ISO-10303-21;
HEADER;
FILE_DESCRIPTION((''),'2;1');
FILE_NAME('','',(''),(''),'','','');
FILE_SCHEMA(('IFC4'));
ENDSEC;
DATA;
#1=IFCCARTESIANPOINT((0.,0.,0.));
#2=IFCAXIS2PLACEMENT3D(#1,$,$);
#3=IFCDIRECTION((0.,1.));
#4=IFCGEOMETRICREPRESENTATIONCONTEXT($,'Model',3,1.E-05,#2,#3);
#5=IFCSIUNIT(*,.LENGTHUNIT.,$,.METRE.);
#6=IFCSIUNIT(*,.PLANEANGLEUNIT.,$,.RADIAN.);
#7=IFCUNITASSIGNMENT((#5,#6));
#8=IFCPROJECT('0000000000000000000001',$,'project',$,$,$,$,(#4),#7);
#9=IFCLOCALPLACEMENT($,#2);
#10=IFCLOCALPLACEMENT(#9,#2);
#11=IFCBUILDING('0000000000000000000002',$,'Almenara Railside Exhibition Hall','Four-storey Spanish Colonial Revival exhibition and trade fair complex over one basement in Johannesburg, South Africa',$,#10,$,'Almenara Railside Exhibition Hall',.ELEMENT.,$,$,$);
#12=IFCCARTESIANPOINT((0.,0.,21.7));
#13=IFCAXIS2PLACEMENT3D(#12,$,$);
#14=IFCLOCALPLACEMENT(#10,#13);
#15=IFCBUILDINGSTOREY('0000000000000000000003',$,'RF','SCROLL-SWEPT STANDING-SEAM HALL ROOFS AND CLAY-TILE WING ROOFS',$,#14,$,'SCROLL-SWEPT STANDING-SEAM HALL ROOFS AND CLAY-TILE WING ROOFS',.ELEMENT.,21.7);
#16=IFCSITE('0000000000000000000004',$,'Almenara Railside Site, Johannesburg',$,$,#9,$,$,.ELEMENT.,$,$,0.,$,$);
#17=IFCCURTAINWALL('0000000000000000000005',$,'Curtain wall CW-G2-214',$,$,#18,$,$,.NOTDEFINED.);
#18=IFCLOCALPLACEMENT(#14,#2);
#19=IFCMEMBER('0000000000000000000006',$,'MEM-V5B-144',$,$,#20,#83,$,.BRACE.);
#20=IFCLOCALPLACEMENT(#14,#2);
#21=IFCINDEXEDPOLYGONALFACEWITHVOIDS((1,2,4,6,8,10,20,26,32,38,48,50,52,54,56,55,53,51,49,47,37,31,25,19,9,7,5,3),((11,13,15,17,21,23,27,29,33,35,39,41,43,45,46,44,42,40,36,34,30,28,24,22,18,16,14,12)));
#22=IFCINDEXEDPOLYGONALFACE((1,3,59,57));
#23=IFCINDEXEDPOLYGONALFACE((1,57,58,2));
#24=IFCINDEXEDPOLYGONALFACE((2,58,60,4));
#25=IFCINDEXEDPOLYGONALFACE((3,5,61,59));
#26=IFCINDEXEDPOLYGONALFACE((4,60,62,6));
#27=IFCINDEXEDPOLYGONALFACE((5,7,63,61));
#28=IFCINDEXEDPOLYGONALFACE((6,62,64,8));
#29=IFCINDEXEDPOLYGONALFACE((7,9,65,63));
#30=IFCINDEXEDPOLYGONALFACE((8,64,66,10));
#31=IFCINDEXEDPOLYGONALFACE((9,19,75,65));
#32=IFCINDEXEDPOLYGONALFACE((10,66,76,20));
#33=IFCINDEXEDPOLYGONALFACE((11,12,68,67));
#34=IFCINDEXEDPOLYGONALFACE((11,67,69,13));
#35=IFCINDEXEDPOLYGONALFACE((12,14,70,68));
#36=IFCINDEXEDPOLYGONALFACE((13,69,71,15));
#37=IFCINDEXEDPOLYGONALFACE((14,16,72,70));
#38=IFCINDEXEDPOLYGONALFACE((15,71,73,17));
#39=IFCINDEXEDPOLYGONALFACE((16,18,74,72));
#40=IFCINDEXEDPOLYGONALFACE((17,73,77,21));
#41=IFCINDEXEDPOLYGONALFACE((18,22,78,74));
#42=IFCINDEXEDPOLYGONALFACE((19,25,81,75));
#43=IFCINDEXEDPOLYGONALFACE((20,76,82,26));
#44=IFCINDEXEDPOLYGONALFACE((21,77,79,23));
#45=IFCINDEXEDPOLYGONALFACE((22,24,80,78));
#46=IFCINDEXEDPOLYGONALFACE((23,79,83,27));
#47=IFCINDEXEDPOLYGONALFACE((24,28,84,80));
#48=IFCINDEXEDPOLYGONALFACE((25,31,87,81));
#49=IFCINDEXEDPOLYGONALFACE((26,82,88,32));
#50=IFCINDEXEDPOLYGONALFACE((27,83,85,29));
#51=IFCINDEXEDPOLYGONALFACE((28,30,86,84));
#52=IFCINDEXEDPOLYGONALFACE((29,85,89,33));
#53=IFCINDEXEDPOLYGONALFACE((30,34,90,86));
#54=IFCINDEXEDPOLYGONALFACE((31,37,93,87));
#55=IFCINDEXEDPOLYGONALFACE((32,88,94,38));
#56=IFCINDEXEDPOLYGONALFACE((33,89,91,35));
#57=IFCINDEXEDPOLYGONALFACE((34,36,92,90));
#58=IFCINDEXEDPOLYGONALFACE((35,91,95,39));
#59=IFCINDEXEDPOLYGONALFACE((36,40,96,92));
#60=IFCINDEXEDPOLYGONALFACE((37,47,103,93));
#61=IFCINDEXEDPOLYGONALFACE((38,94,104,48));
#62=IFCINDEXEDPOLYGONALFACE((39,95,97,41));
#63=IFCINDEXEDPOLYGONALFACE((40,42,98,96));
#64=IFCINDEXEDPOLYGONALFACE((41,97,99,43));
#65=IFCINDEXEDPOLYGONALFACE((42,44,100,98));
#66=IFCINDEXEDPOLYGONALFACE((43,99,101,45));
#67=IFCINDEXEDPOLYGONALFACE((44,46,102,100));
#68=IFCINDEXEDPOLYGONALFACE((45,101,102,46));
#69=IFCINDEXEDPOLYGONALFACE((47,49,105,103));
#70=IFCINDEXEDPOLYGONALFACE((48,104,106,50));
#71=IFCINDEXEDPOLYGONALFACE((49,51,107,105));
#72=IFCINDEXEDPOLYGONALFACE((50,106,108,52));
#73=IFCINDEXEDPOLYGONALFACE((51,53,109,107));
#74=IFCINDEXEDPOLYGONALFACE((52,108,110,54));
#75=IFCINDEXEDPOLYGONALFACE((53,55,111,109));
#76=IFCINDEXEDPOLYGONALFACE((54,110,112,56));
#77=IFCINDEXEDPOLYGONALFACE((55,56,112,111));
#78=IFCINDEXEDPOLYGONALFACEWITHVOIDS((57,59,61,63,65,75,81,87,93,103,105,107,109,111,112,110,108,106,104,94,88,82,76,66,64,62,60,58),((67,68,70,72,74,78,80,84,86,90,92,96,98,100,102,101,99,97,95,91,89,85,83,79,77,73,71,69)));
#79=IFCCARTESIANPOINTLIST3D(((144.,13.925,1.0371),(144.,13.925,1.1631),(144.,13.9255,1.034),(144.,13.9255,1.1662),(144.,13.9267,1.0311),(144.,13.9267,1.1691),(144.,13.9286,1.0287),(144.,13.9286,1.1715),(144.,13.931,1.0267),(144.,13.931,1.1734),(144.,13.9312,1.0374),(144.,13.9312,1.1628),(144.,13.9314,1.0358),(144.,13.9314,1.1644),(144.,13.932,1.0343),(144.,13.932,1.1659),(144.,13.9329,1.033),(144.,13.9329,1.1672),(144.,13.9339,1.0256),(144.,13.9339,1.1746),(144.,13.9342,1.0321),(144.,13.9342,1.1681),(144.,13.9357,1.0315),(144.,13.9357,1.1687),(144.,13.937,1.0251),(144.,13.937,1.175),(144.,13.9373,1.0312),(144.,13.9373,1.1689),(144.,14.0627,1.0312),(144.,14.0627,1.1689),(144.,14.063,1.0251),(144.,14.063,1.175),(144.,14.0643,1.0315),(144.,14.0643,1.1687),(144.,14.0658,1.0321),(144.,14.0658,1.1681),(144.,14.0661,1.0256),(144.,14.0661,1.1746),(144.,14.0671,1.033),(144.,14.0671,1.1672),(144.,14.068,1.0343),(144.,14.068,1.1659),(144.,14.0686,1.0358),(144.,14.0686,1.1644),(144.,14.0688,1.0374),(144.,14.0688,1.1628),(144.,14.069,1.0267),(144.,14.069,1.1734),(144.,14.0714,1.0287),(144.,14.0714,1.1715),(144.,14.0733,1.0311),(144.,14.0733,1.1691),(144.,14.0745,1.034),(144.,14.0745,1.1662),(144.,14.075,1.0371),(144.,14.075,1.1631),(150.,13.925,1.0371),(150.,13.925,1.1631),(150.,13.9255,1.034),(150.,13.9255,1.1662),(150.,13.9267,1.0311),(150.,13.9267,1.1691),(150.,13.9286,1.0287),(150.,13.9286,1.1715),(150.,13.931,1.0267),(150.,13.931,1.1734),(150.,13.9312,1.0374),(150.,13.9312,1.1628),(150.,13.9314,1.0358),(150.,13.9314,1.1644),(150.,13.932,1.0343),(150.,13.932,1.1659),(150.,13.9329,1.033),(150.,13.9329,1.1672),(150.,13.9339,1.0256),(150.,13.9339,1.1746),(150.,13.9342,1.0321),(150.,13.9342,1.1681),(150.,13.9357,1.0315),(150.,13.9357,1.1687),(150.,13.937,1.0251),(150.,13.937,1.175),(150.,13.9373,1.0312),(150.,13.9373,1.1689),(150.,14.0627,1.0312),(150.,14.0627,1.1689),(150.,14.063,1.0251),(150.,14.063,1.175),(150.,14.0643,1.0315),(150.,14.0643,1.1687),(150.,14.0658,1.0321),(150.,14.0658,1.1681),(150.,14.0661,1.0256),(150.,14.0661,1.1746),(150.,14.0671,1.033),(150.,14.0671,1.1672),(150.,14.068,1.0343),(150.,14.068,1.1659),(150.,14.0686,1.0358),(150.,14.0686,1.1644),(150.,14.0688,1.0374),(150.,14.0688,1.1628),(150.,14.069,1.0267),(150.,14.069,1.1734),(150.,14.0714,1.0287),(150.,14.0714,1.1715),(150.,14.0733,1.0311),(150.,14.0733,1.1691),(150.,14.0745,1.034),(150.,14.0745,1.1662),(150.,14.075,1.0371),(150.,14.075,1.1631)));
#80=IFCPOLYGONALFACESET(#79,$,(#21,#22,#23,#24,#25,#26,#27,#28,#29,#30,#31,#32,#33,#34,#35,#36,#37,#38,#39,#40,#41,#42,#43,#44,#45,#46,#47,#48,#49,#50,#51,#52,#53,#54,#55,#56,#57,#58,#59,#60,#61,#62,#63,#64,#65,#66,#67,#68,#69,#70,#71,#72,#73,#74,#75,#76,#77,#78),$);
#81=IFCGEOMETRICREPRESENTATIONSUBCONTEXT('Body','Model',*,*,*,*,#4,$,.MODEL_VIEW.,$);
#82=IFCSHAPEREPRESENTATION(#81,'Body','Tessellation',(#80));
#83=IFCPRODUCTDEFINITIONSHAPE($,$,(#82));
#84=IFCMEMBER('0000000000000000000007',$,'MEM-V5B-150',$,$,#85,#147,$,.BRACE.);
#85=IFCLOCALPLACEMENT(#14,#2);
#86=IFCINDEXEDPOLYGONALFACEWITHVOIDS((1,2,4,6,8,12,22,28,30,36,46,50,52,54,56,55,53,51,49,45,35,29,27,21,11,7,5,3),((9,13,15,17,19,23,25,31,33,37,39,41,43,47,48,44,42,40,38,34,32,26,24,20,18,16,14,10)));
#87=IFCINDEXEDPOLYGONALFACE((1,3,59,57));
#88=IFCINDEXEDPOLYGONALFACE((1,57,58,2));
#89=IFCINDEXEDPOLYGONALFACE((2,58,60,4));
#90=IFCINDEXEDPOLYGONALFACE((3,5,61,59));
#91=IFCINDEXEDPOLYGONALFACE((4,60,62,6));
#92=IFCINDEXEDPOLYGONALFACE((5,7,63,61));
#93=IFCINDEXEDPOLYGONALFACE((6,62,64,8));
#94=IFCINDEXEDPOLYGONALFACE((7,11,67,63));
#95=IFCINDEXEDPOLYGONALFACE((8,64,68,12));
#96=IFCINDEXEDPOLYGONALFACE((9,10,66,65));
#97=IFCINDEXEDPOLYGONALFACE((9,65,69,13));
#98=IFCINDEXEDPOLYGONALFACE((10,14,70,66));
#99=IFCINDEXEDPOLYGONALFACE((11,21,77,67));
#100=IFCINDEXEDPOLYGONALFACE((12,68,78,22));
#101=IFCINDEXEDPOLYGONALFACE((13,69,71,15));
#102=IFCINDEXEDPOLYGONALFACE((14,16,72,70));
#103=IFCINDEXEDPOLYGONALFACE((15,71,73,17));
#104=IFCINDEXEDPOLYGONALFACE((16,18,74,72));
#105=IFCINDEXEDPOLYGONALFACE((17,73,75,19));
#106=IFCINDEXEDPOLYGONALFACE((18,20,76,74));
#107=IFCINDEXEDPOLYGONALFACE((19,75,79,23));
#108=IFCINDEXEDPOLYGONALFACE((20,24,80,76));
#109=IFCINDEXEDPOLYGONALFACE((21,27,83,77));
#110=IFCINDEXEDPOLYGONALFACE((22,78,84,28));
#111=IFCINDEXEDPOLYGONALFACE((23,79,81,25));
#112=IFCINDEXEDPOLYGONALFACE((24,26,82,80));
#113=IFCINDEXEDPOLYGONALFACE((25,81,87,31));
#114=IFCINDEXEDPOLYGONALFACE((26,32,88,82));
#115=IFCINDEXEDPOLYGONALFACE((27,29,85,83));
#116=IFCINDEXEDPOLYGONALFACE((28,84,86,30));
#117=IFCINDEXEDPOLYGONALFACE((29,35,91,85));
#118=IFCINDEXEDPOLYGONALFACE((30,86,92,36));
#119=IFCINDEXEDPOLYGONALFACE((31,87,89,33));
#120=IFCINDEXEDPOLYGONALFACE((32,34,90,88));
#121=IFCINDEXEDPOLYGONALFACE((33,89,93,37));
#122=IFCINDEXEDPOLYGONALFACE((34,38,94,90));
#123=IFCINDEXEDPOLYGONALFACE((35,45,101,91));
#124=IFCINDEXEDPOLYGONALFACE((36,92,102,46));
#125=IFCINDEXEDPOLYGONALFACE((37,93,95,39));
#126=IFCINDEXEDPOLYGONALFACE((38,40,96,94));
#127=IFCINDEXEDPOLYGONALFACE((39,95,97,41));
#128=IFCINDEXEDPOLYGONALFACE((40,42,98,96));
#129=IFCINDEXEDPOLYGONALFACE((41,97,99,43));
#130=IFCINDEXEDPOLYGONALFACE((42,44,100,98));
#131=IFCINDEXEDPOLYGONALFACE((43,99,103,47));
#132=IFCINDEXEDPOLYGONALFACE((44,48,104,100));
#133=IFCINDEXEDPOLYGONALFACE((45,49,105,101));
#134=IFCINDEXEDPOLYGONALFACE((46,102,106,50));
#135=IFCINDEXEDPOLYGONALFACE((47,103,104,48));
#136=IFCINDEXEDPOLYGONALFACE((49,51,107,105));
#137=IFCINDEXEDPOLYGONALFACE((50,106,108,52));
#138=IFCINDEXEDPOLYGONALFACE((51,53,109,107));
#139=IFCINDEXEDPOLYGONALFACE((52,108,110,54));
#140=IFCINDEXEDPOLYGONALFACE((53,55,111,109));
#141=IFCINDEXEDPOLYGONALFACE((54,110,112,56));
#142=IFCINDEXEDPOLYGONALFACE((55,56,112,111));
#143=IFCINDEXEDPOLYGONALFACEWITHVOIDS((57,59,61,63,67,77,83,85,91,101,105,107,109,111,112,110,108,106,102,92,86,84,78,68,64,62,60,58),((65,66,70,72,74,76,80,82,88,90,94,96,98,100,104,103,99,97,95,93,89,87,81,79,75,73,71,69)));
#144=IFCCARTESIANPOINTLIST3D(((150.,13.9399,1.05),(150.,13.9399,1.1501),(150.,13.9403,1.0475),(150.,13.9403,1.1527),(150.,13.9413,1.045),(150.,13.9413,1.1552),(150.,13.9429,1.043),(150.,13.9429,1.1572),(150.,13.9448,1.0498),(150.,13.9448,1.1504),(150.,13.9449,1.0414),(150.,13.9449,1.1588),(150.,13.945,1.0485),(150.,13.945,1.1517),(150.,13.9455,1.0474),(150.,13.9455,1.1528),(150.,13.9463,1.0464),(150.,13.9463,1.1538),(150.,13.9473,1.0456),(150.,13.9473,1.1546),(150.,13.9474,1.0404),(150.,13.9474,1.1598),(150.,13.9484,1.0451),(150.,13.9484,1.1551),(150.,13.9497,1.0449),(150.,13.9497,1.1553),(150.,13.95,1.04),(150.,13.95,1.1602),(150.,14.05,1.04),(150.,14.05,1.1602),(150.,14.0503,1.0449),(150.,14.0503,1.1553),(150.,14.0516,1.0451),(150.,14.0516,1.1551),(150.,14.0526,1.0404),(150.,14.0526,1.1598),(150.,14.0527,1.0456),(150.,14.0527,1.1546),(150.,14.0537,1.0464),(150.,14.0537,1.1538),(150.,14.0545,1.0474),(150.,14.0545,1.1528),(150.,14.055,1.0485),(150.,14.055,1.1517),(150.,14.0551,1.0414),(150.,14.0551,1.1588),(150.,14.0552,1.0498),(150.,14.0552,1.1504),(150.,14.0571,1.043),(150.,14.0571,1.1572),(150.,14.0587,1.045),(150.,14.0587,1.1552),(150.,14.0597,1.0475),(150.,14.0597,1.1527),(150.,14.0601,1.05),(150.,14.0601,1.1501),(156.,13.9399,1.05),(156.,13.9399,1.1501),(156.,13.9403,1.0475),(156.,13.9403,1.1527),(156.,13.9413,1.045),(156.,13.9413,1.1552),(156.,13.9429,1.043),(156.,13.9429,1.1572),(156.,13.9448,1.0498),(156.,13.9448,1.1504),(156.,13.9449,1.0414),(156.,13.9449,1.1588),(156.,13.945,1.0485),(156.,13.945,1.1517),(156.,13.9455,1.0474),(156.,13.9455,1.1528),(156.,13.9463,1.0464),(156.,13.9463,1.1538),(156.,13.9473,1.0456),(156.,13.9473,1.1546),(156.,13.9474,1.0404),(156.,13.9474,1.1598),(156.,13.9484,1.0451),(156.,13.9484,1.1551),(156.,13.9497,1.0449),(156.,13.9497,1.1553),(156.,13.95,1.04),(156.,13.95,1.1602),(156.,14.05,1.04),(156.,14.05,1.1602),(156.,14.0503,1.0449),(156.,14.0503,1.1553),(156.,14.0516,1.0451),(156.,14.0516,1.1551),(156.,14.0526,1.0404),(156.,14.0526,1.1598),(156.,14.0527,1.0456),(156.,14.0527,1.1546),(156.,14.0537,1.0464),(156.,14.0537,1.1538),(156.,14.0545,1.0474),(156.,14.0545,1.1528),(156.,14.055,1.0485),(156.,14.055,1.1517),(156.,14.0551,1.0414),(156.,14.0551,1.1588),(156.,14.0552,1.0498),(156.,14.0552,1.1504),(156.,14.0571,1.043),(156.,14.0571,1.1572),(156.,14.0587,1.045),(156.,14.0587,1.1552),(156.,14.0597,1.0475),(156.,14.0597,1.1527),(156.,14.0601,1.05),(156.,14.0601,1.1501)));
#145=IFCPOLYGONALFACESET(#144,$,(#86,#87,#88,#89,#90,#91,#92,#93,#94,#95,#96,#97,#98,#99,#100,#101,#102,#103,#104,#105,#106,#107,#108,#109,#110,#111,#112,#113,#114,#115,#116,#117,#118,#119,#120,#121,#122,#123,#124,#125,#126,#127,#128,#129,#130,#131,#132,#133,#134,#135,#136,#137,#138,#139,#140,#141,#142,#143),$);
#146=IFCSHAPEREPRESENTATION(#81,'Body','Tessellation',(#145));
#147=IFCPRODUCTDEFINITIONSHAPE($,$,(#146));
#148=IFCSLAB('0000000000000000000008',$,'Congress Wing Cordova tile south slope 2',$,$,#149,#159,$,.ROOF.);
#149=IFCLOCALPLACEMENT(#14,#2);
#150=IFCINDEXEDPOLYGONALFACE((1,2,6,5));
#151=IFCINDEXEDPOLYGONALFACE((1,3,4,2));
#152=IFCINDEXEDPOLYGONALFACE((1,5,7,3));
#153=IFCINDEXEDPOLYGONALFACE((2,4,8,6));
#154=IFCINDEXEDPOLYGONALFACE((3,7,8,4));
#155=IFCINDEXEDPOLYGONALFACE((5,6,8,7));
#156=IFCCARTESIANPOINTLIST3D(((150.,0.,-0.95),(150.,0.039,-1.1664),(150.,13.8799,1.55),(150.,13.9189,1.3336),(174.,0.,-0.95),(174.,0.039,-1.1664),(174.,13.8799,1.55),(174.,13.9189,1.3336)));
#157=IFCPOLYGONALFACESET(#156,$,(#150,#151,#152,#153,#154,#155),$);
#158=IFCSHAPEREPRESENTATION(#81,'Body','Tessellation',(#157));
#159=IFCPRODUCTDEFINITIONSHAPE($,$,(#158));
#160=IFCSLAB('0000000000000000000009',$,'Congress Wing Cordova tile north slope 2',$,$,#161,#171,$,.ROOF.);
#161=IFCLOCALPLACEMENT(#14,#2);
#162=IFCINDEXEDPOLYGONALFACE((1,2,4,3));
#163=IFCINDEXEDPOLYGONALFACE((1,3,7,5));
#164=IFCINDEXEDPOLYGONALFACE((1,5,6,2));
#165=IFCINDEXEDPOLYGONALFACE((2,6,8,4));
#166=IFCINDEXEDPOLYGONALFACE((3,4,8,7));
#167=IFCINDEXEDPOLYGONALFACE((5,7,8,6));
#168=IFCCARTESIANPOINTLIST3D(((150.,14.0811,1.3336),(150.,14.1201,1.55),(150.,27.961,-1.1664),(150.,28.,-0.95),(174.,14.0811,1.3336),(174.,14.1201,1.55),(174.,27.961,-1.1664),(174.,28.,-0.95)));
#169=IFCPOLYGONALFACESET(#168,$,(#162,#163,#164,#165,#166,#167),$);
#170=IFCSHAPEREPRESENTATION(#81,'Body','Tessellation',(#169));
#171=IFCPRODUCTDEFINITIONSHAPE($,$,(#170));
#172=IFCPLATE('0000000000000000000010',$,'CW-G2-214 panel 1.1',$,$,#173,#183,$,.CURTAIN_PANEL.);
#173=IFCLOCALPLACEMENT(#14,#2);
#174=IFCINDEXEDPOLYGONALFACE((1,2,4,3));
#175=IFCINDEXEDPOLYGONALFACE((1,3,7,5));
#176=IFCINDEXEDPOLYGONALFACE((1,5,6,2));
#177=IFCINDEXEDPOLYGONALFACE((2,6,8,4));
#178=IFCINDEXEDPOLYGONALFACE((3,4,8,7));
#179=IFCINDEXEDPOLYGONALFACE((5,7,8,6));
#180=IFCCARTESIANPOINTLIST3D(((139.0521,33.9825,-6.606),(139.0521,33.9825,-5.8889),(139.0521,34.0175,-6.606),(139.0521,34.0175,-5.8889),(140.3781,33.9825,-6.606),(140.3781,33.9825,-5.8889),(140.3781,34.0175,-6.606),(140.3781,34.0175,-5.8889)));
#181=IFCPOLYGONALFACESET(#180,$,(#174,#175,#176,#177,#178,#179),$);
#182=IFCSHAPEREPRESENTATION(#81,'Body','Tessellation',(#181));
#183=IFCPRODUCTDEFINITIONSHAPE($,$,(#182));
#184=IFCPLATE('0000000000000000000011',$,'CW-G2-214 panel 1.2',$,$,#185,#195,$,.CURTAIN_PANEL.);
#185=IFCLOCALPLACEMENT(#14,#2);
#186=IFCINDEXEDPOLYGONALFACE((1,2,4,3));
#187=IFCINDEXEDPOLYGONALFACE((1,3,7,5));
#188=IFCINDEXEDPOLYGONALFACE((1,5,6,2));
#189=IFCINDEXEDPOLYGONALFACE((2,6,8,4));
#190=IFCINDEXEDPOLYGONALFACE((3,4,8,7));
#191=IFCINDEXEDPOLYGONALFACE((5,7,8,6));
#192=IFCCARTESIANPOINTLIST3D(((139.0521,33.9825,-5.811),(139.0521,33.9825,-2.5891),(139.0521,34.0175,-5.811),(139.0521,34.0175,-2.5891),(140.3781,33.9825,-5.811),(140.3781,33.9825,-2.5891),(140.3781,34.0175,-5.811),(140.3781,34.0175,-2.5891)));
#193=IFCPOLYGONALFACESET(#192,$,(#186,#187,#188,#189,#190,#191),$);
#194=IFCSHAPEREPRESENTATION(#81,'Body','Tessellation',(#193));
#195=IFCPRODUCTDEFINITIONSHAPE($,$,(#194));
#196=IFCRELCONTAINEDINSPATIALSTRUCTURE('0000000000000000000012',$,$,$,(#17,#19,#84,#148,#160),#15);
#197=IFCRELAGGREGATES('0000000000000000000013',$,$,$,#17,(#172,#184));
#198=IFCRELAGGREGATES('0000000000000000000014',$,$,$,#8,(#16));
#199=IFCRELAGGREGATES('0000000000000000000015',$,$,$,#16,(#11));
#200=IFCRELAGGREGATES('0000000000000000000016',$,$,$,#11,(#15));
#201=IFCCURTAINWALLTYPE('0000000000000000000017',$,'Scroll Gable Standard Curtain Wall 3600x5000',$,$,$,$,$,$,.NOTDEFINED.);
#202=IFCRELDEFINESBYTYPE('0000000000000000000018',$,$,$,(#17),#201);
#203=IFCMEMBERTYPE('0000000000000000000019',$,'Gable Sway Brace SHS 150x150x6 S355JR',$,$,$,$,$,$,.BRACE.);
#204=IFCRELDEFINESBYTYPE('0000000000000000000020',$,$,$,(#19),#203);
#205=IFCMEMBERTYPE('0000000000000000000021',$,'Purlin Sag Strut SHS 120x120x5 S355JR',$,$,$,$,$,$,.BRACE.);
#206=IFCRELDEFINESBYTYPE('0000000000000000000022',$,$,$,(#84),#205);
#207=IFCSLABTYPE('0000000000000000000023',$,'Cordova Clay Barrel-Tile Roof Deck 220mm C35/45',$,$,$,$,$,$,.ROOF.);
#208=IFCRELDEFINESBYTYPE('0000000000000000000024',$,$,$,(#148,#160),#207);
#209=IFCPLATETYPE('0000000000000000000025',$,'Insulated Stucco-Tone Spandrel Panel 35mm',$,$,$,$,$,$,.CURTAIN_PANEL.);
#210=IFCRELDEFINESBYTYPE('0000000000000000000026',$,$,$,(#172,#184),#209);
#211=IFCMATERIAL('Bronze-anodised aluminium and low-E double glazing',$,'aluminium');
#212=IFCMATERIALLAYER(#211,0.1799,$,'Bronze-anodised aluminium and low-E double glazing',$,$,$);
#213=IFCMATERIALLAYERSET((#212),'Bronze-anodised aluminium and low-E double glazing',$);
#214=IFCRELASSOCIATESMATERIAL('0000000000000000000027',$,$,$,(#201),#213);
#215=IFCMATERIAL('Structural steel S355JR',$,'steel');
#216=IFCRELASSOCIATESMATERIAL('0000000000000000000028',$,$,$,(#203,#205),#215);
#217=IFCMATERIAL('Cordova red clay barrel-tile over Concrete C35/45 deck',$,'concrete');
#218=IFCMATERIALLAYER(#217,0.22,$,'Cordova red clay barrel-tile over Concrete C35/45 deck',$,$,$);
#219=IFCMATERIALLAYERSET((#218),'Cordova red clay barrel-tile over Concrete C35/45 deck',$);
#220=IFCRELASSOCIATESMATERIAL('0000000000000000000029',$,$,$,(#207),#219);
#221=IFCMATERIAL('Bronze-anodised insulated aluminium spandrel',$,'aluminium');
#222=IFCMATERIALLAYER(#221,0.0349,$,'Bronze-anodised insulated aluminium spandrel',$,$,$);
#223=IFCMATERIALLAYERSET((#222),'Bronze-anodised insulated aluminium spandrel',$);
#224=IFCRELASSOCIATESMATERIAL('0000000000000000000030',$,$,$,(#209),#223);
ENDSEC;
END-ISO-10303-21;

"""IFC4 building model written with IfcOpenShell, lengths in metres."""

from ifc_helpers import new_model, si_unit, direction, frame, origin, origin_2d, place, context, subcontext, project, spatial, polyline, rectangle, hollow_rectangle, outline, extrude, material, layer, layer_set, material_profile, profile_set, type_object, element, aggregate, save


model = new_model("IFC4")

# Units and contexts
model_context = context("Model", 3, precision=1e-05, world=origin(), true_north=direction((0.0, 1.0)))
body_context = subcontext(model_context, "Body", "Model", "MODEL_VIEW")
ifc_project = project(units=[si_unit("LENGTHUNIT", "METRE"), si_unit("PLANEANGLEUNIT", "RADIAN")], contexts=[model_context])

# Site, building, storey
site_placement = place(None, origin())
site = spatial("IfcSite", under=ifc_project, at=site_placement, Name="Almenara Railside Site, Johannesburg", CompositionType="ELEMENT", RefElevation=0.0)
building_placement = place(site_placement, origin())
building = spatial("IfcBuilding", under=site, at=building_placement, Name="Almenara Railside Exhibition Hall", Description="Four-storey Spanish Colonial Revival exhibition and trade fair complex over one basement in Johannesburg, South Africa", LongName="Almenara Railside Exhibition Hall", CompositionType="ELEMENT")
storey_placement = place(building_placement, frame((0.0, 0.0, 21.7)))
storey = spatial("IfcBuildingStorey", under=building, at=storey_placement, Name="RF", Description="SCROLL-SWEPT STANDING-SEAM HALL ROOFS AND CLAY-TILE WING ROOFS", LongName="SCROLL-SWEPT STANDING-SEAM HALL ROOFS AND CLAY-TILE WING ROOFS", CompositionType="ELEMENT", Elevation=21.7)

# Shared definitions
ifc_material_1 = material(Name="Structural steel S355JR", Category="steel")

# Curtain wall
ifc_material_2 = material(Name="Bronze-anodised aluminium and low-E double glazing", Category="aluminium")
ifc_layer_1 = layer(ifc_material_2, 0.1799, Name="Bronze-anodised aluminium and low-E double glazing")
ifc_layer_set_1 = layer_set([ifc_layer_1], Name="Bronze-anodised aluminium and low-E double glazing")
curtain_wall_type = type_object("IfcCurtainWallType", Name="Scroll Gable Standard Curtain Wall 3600x5000", PredefinedType="NOTDEFINED", material=ifc_layer_set_1)
curtain_wall_placement = place(storey_placement, origin())
curtain_wall = element("IfcCurtainWall", 1, at=curtain_wall_placement, inside=storey, type_object=curtain_wall_type, Name="Curtain wall CW-G2-214", PredefinedType="NOTDEFINED")

# Members
ifc_material_profile_1 = material_profile(ifc_material_1, hollow_rectangle(XDim=0.1499, YDim=0.1499, WallThickness=0.0061, InnerFilletRadius=0.0061, OuterFilletRadius=0.012, at=origin_2d()), Name="SHS 150x150x6")
ifc_profile_set_1 = profile_set([ifc_material_profile_1], Name="Structural steel S355JR")
member_type_1 = type_object("IfcMemberType", Name="Gable Sway Brace SHS 150x150x6 S355JR", PredefinedType="BRACE", material=ifc_profile_set_1)
member_1_placement = place(storey_placement, frame((144.0, 14.0, 1.1001), z_axis=(1.0, 0.0, 0.0), x_axis=(0.0, 1.0, 0.0)))
element("IfcMember", 2, at=member_1_placement, inside=storey, type_object=member_type_1, Name="MEM-V5B-144", PredefinedType="BRACE", context=body_context, shape_type="SweptSolid", body=[
    extrude(hollow_rectangle(XDim=0.1499, YDim=0.1499, WallThickness=0.0061, InnerFilletRadius=0.0061, OuterFilletRadius=0.012, at=origin_2d()), origin(), (0.0, 0.0, 1.0), 6.0),
])
ifc_material_profile_2 = material_profile(ifc_material_1, hollow_rectangle(XDim=0.1201, YDim=0.1201, WallThickness=0.0049, InnerFilletRadius=0.0049, OuterFilletRadius=0.01, at=origin_2d()), Name="SHS 120x120x5")
ifc_profile_set_2 = profile_set([ifc_material_profile_2], Name="Structural steel S355JR")
member_type_2 = type_object("IfcMemberType", Name="Purlin Sag Strut SHS 120x120x5 S355JR", PredefinedType="BRACE", material=ifc_profile_set_2)
member_2_placement = place(storey_placement, frame((150.0, 14.0, 1.1001), z_axis=(1.0, 0.0, 0.0), x_axis=(0.0, 1.0, 0.0)))
element("IfcMember", 3, at=member_2_placement, inside=storey, type_object=member_type_2, Name="MEM-V5B-150", PredefinedType="BRACE", context=body_context, shape_type="SweptSolid", body=[
    extrude(hollow_rectangle(XDim=0.1201, YDim=0.1201, WallThickness=0.0049, InnerFilletRadius=0.0049, OuterFilletRadius=0.01, at=origin_2d()), origin(), (0.0, 0.0, 1.0), 6.0),
])

# Slabs
ifc_material_3 = material(Name="Cordova red clay barrel-tile over Concrete C35/45 deck", Category="concrete")
ifc_layer_2 = layer(ifc_material_3, 0.22, Name="Cordova red clay barrel-tile over Concrete C35/45 deck")
ifc_layer_set_2 = layer_set([ifc_layer_2], Name="Cordova red clay barrel-tile over Concrete C35/45 deck")
slab_type_1 = type_object("IfcSlabType", Name="Cordova Clay Barrel-Tile Roof Deck 220mm C35/45", PredefinedType="ROOF", material=ifc_layer_set_2)
for number, where, z_axis, x_axis, name in (
    (4, (150.0, 0.0, -0.95), (0.0, -0.177264, 0.984163), (1.0, 0.0, 0.0), "Congress Wing Cordova tile south slope 2"),
    (5, (150.0, 14.1201, 1.55), (0.0, 0.177264, 0.984163), (1.0, 0.0, 0.0), "Congress Wing Cordova tile north slope 2"),
):
    element("IfcSlab", number, at=place(storey_placement, frame(where, z_axis=z_axis, x_axis=x_axis)), inside=storey, type_object=slab_type_1, Name=name, PredefinedType="ROOF", context=body_context, shape_type="SweptSolid", body=[
        extrude(outline(polyline([(0.0, 0.0), (24.0, 0.0), (24.0, 14.1032), (0.0, 14.1032), (0.0, 0.0)])), origin(), (0.0, 0.0, -1.0), 0.22),
    ])

# Plates
ifc_material_4 = material(Name="Bronze-anodised insulated aluminium spandrel", Category="aluminium")
ifc_layer_3 = layer(ifc_material_4, 0.0349, Name="Bronze-anodised insulated aluminium spandrel")
ifc_layer_set_3 = layer_set([ifc_layer_3], Name="Bronze-anodised insulated aluminium spandrel")
plate_type_1 = type_object("IfcPlateType", Name="Insulated Stucco-Tone Spandrel Panel 35mm", PredefinedType="CURTAIN_PANEL", material=ifc_layer_set_3)
plate_1_placement = place(storey_placement, frame((139.7151, 34.0, -6.606), z_axis=(0.0, 0.0, 1.0), x_axis=(1.0, 0.0, 0.0)))
plate_1 = element("IfcPlate", 6, at=plate_1_placement, type_object=plate_type_1, Name="CW-G2-214 panel 1.1", PredefinedType="CURTAIN_PANEL", context=body_context, shape_type="SweptSolid", body=[
    extrude(rectangle(XDim=1.3259, YDim=0.0349, at=origin_2d()), origin(), (0.0, 0.0, 1.0), 0.717),
])
plate_2_placement = place(storey_placement, frame((139.7151, 34.0, -5.811), z_axis=(0.0, 0.0, 1.0), x_axis=(1.0, 0.0, 0.0)))
plate_2 = element("IfcPlate", 7, at=plate_2_placement, type_object=plate_type_1, Name="CW-G2-214 panel 1.2", PredefinedType="CURTAIN_PANEL", context=body_context, shape_type="SweptSolid", body=[
    extrude(rectangle(XDim=1.3259, YDim=0.0349, at=origin_2d()), origin(), (0.0, 0.0, 1.0), 3.2219),
])
aggregate(curtain_wall, [plate_1, plate_2])

save(model, "model.ifc")
